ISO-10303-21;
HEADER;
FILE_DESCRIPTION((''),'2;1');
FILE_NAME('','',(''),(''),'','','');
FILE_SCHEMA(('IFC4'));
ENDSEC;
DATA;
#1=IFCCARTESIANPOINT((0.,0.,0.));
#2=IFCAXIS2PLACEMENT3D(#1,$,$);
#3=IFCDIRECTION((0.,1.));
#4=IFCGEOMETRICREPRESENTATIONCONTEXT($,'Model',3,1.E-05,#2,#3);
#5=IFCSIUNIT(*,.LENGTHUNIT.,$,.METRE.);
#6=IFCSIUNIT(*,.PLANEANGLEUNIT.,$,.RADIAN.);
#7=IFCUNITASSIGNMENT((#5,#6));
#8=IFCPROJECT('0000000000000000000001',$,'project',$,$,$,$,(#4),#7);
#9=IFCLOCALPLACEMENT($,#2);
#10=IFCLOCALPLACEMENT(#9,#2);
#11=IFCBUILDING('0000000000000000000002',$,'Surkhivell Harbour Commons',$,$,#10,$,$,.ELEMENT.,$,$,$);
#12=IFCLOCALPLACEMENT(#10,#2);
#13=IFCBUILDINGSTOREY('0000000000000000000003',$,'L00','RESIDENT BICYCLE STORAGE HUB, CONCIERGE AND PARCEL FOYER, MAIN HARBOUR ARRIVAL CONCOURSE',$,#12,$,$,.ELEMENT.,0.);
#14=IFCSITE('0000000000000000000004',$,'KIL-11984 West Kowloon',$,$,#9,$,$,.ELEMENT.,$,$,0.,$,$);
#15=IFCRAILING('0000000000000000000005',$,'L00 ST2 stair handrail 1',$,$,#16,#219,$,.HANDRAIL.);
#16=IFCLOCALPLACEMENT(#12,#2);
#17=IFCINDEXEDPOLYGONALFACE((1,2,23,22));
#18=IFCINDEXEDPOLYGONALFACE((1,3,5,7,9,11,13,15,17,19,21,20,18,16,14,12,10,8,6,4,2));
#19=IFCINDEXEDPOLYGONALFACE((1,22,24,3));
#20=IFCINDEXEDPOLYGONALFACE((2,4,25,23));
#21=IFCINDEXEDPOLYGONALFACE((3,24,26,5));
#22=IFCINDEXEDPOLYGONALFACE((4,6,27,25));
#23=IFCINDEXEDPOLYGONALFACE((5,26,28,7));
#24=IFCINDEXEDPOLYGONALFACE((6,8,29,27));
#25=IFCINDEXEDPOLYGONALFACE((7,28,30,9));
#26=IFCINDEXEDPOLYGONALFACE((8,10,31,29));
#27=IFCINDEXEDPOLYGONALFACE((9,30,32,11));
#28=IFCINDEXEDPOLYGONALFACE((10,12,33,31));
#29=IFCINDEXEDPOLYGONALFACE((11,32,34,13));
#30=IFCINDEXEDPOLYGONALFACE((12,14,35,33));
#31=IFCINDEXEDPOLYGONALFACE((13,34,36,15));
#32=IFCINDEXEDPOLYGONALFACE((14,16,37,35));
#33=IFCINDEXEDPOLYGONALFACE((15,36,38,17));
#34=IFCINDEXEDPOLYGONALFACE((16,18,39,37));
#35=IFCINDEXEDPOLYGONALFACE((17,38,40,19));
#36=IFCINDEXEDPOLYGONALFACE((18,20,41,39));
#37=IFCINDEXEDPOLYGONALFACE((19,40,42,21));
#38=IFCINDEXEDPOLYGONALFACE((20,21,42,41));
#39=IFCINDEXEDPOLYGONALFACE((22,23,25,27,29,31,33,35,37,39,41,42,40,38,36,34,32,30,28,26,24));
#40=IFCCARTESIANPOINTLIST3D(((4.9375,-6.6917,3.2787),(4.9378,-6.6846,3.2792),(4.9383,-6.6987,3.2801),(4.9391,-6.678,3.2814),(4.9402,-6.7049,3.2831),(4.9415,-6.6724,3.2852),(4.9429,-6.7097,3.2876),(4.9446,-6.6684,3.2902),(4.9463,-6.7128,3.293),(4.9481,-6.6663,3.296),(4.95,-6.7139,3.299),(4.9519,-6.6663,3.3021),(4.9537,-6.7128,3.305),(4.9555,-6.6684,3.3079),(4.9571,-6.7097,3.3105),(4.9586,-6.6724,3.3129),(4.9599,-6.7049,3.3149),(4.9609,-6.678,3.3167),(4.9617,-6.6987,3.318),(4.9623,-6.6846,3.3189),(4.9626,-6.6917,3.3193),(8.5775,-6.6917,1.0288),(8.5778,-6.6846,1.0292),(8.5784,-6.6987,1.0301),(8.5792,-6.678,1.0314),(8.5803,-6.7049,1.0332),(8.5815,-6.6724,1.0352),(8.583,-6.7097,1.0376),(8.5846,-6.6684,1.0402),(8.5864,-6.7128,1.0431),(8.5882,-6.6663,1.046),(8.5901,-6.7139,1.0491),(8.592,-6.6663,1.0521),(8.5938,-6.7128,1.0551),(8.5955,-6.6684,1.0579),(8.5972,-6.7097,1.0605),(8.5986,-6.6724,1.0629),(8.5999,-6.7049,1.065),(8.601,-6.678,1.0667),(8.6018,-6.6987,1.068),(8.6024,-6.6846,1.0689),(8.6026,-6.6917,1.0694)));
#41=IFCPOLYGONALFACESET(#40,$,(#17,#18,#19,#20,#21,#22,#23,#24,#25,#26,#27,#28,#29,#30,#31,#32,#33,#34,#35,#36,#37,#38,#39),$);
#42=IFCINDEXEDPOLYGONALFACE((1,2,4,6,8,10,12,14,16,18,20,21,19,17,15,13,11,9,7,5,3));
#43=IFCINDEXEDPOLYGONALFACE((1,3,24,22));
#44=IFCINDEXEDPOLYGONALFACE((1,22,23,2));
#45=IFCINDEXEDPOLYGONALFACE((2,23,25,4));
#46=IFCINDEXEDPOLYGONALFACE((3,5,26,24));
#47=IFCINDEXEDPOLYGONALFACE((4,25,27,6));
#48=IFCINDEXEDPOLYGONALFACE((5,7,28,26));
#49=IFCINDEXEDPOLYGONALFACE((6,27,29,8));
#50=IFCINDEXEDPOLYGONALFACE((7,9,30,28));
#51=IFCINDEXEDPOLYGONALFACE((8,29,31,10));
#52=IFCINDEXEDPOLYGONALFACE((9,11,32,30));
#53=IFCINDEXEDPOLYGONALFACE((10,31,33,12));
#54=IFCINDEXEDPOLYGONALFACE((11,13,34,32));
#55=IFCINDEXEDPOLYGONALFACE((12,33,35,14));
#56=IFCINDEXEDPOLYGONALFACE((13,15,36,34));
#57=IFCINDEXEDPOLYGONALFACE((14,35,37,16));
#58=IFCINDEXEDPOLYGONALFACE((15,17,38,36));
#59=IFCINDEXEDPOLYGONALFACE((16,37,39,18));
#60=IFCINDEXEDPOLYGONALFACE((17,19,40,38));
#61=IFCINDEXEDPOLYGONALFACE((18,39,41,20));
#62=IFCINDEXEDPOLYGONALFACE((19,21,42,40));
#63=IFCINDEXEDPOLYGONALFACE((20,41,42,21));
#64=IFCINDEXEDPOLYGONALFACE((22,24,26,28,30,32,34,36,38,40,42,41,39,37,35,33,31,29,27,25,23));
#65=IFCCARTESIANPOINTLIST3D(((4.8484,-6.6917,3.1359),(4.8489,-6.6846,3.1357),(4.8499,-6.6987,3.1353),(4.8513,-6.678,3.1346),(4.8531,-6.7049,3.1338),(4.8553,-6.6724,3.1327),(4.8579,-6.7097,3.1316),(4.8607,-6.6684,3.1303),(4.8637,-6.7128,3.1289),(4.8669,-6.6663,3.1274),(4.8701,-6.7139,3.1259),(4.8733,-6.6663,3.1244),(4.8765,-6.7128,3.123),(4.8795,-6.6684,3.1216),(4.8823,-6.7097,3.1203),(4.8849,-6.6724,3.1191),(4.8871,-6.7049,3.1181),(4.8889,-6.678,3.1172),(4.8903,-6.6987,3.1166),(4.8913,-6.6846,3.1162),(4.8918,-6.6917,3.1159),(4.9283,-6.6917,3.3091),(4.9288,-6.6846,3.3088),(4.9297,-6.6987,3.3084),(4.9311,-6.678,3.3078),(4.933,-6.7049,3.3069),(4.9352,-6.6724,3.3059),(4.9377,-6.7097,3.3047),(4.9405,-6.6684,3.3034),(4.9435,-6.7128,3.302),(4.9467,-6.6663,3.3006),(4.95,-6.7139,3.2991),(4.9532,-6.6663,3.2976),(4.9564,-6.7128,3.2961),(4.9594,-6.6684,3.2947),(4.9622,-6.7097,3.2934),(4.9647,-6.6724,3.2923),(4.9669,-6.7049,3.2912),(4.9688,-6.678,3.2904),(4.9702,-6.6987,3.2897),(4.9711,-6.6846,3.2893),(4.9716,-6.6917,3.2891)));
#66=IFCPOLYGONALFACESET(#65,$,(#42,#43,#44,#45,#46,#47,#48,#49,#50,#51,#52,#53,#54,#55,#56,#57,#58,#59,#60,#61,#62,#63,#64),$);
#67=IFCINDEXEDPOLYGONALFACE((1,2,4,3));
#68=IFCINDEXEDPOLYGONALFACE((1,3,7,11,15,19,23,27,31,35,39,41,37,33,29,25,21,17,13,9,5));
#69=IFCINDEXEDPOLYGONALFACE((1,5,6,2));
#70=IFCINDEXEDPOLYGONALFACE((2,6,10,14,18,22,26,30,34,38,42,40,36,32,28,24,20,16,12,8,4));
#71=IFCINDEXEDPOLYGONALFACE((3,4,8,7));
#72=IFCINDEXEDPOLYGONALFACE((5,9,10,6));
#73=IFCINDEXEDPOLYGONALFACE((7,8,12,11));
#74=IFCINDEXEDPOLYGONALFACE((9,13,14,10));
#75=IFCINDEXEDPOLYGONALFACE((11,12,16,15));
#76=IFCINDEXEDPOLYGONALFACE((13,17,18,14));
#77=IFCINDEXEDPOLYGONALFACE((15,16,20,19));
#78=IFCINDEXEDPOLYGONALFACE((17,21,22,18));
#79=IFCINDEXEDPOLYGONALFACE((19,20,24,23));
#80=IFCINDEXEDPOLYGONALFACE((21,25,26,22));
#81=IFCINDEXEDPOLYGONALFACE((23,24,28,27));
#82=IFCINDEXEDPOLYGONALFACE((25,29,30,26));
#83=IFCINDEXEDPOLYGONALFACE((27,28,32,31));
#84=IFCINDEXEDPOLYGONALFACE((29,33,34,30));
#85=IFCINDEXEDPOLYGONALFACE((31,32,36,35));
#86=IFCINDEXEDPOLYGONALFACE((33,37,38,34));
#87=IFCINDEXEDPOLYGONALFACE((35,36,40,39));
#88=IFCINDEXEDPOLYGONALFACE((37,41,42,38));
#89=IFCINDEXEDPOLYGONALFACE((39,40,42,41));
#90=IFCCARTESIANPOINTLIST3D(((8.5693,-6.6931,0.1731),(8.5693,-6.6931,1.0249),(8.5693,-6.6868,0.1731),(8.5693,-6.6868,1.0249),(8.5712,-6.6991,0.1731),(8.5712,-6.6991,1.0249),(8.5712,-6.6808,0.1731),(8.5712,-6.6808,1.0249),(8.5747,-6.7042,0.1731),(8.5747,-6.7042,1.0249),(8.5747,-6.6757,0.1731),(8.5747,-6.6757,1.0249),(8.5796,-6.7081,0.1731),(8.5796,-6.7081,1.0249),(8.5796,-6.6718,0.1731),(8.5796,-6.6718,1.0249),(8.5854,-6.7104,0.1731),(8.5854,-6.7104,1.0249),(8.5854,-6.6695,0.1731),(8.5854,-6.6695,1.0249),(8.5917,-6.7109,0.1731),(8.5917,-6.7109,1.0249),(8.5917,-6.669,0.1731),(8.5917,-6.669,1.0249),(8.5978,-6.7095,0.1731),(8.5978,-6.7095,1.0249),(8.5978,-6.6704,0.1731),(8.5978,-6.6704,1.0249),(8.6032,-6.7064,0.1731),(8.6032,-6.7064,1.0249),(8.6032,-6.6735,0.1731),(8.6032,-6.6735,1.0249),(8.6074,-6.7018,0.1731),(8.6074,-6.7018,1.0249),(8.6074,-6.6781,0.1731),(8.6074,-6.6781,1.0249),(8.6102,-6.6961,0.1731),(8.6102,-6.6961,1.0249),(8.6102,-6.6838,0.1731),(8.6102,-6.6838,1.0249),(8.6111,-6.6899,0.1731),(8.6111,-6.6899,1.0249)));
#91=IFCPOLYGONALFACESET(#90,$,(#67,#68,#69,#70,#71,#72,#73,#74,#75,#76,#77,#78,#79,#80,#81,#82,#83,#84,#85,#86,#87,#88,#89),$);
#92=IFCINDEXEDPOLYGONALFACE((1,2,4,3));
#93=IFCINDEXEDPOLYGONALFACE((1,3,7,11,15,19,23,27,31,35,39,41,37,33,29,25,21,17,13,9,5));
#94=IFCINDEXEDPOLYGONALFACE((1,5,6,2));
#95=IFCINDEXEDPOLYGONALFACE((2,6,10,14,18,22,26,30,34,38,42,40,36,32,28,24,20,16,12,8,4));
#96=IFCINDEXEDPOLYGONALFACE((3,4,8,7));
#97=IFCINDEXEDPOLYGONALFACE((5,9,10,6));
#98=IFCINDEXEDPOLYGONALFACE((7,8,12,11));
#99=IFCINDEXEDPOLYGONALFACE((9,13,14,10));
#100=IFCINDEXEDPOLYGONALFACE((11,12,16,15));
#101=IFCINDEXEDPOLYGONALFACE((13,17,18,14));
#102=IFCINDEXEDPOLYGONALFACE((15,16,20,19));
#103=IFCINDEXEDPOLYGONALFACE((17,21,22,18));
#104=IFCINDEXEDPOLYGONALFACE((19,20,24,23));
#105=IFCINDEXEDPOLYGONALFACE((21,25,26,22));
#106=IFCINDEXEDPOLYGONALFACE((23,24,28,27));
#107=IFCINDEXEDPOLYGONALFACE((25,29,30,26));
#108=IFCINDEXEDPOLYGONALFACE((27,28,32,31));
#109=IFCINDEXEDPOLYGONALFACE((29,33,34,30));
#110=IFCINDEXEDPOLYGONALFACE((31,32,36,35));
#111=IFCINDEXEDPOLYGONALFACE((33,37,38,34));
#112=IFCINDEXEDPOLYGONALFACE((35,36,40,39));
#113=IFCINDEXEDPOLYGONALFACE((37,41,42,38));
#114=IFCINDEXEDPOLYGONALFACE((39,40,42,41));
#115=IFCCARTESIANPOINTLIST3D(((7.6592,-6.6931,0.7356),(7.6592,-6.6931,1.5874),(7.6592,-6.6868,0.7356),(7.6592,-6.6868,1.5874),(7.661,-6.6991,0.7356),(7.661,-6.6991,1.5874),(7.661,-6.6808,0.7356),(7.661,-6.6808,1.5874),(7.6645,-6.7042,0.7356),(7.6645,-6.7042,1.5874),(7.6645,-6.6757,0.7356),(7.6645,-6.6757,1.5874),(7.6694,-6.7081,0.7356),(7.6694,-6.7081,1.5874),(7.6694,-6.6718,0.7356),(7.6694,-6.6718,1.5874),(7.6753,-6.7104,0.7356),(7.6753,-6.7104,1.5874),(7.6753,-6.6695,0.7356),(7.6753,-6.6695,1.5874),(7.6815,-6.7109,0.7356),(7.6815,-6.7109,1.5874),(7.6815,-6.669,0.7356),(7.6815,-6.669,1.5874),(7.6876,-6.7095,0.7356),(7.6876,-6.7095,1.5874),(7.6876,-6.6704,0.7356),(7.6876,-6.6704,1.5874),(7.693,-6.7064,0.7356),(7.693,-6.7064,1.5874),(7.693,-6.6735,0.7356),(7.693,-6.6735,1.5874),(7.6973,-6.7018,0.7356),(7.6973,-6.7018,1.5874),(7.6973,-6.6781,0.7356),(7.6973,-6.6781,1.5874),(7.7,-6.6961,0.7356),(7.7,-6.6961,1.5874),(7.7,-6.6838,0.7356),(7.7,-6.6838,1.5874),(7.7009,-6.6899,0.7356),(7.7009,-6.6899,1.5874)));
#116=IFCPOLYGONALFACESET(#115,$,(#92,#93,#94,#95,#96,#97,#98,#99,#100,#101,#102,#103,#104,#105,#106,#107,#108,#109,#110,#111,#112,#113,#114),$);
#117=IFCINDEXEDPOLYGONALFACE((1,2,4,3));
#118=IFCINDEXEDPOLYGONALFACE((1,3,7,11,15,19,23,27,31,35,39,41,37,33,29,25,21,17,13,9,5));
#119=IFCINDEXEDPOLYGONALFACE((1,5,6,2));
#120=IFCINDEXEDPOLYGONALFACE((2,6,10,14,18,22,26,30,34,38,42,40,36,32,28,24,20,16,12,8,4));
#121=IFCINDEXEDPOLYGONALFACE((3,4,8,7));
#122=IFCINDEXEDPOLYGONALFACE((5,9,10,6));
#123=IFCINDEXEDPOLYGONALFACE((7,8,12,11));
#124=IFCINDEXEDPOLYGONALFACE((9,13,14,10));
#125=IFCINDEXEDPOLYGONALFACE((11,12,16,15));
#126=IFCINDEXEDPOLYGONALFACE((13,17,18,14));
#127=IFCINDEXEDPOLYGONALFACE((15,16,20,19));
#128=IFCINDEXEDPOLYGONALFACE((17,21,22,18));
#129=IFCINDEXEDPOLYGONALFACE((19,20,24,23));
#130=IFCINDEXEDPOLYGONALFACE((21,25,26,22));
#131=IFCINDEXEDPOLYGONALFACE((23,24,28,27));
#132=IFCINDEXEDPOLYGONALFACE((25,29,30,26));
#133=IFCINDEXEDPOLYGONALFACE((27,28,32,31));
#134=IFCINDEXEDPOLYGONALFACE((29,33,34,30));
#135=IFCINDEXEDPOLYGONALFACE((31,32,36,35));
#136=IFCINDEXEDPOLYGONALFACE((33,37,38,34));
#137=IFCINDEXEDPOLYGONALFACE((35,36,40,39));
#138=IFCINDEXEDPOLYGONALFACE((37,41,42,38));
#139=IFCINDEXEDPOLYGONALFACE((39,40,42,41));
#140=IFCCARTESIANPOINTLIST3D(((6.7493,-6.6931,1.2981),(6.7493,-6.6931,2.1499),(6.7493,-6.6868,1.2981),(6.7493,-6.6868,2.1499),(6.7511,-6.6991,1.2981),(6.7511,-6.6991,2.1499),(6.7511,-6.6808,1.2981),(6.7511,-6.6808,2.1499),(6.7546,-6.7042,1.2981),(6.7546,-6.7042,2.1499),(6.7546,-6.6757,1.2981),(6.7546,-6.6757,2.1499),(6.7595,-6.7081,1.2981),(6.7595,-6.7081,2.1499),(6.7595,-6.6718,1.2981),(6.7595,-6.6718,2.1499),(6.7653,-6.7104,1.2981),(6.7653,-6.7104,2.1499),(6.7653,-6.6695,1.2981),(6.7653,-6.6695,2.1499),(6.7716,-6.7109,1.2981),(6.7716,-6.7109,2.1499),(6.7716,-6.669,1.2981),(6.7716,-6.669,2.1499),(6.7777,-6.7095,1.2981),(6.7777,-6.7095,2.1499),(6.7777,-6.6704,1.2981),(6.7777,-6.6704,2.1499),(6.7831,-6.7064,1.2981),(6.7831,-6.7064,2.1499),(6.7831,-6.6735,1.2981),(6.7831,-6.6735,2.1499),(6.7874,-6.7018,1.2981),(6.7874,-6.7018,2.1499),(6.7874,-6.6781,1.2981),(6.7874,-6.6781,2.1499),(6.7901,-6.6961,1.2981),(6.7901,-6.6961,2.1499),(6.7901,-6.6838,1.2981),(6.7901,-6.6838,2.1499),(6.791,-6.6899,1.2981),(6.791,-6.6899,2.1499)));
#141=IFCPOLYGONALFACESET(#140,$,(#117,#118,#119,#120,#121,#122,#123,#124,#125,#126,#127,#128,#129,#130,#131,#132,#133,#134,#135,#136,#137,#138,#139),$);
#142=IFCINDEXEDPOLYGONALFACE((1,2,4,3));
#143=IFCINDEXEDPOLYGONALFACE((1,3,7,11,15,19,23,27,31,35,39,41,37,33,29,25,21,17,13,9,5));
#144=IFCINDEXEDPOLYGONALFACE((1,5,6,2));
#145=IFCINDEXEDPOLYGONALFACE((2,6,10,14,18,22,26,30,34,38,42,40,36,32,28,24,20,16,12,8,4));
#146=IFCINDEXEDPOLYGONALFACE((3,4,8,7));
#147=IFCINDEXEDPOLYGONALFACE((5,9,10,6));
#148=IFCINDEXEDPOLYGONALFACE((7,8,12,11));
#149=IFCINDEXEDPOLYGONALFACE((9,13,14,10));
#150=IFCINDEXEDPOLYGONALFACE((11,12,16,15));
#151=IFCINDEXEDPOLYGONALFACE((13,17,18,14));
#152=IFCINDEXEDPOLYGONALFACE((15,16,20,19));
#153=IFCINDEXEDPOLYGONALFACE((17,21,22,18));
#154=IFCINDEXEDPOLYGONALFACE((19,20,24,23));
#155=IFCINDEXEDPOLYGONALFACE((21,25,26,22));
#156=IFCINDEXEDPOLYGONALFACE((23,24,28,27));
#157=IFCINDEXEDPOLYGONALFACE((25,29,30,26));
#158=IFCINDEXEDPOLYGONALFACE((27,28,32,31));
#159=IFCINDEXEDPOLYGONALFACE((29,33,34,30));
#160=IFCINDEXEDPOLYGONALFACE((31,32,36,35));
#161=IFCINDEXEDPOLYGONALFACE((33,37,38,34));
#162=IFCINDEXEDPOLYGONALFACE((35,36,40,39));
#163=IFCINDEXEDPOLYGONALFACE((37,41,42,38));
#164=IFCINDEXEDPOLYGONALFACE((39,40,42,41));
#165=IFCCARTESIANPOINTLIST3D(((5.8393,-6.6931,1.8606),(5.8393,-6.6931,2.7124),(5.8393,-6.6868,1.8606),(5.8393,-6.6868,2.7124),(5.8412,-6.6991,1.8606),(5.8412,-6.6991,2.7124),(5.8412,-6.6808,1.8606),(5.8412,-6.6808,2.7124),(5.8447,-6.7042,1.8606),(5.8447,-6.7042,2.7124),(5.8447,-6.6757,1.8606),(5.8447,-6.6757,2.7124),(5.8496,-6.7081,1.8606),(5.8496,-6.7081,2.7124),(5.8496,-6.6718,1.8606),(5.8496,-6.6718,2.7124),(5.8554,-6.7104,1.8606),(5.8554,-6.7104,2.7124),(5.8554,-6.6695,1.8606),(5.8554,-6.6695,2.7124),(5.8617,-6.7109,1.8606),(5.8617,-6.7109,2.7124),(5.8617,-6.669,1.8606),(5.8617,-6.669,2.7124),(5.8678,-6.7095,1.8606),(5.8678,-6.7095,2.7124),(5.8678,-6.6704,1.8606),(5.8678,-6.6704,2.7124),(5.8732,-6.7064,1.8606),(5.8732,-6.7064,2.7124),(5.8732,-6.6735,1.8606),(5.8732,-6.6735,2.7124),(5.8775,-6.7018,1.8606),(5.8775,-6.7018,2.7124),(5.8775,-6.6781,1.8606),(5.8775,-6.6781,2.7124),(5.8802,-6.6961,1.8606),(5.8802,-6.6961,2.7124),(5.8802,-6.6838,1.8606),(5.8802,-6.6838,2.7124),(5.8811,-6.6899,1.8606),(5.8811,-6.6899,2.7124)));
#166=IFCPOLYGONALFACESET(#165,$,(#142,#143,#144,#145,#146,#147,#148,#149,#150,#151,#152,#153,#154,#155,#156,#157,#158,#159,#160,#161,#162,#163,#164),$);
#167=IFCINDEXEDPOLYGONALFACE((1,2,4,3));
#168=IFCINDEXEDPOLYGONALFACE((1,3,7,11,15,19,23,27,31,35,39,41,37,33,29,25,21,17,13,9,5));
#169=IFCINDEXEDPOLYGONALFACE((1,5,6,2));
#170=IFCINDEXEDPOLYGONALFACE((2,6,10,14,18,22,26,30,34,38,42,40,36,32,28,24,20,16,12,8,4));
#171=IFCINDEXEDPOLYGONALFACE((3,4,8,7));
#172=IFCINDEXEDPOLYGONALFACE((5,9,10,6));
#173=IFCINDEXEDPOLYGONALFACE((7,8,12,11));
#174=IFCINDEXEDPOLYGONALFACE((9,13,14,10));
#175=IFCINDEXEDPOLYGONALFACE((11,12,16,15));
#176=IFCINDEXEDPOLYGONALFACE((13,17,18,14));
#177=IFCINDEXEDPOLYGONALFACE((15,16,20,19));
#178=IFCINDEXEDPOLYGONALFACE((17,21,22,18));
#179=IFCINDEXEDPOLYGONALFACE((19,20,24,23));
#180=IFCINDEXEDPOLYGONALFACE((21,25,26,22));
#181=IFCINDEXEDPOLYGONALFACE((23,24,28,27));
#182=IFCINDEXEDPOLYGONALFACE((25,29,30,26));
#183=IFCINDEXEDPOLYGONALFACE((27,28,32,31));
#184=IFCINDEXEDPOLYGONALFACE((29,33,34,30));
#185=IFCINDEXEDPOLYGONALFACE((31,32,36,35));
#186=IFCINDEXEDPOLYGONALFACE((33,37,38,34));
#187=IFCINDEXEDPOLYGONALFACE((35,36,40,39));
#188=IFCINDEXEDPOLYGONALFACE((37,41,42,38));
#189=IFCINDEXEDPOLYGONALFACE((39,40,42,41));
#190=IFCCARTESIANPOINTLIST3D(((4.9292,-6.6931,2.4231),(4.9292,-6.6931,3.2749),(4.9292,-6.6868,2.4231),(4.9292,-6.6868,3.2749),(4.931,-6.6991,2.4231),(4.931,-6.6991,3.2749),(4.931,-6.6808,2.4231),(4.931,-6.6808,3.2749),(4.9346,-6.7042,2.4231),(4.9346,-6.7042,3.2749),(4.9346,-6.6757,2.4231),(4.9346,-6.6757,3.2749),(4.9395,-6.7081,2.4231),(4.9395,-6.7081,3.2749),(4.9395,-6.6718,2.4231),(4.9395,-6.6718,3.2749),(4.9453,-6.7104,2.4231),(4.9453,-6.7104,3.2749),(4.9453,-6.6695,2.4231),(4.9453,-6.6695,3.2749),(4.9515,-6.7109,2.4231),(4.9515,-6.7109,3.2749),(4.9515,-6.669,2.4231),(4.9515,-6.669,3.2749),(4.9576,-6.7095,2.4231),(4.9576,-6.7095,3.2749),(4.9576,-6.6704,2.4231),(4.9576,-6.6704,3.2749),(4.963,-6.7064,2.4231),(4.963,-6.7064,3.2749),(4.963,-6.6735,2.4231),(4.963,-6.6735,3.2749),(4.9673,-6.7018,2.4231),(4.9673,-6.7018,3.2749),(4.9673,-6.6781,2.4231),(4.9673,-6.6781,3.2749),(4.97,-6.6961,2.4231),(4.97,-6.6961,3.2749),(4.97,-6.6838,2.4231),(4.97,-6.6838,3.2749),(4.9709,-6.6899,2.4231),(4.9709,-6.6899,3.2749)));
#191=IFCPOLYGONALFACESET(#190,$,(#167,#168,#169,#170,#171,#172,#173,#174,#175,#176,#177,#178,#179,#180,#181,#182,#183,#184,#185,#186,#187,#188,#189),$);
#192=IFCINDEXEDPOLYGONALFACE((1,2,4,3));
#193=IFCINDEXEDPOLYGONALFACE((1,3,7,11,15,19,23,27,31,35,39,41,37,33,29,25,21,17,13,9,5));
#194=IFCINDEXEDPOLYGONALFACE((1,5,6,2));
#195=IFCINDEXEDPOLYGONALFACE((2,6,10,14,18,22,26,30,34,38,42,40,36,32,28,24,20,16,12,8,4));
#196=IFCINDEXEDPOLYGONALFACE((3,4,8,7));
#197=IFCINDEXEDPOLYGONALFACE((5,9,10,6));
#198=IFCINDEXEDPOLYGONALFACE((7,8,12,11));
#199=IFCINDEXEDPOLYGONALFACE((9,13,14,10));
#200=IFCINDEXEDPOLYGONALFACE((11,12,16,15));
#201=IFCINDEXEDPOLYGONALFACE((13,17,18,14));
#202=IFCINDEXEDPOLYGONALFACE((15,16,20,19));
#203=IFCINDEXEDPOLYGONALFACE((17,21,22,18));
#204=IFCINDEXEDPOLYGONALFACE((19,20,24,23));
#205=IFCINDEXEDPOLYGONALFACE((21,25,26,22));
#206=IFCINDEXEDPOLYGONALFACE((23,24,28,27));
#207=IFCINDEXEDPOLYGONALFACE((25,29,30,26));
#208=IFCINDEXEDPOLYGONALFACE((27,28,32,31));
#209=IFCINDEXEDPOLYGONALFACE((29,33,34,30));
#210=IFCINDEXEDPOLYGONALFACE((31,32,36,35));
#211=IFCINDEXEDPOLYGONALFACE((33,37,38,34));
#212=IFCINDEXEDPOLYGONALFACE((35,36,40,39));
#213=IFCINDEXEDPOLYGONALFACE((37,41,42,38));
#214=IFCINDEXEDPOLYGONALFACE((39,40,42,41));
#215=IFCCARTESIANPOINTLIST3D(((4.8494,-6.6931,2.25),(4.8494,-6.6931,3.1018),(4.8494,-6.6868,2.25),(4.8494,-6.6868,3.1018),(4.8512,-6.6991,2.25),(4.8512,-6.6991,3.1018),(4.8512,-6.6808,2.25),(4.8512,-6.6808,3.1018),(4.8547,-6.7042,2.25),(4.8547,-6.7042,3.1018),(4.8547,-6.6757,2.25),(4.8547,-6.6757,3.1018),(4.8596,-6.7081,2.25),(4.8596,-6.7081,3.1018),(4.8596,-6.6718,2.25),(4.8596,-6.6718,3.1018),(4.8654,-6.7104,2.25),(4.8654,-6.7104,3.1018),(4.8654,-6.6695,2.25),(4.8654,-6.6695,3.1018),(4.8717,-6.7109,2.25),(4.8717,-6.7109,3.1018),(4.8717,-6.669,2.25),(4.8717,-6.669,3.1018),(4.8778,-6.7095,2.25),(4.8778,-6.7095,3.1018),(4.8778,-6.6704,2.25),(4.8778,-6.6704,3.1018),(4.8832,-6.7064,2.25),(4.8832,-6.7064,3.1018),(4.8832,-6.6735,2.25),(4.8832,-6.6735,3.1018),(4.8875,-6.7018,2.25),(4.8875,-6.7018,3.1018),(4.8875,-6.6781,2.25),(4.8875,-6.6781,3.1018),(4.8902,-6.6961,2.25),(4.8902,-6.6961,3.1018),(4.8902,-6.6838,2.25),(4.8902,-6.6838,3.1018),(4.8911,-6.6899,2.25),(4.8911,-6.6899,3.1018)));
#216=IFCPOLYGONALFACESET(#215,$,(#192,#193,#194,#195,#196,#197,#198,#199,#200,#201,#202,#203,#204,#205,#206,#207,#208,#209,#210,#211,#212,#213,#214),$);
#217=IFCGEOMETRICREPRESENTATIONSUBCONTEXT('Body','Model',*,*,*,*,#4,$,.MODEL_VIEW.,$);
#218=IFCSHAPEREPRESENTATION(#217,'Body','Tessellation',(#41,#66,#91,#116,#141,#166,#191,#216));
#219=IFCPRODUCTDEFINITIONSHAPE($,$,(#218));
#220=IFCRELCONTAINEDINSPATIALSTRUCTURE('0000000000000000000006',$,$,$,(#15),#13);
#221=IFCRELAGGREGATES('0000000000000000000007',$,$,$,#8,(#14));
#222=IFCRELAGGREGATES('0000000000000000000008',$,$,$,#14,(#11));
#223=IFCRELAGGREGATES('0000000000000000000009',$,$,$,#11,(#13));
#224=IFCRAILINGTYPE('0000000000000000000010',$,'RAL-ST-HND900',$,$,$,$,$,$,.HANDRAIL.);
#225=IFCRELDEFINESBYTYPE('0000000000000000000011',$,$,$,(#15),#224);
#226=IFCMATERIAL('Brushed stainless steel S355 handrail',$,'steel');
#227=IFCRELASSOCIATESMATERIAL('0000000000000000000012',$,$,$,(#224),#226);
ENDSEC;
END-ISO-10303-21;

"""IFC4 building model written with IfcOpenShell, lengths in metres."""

from ifc_helpers import new_model, si_unit, direction, frame, origin, origin_2d, place, context, subcontext, project, spatial, circle, extrude, material, type_object, element, save


model = new_model("IFC4")

# Units and contexts
model_context = context("Model", 3, precision=1e-05, world=origin(), true_north=direction((0.0, 1.0)))
body_context = subcontext(model_context, "Body", "Model", "MODEL_VIEW")
ifc_project = project(units=[si_unit("LENGTHUNIT", "METRE"), si_unit("PLANEANGLEUNIT", "RADIAN")], contexts=[model_context])

# Site, building, storey
site_placement = place(None, origin())
site = spatial("IfcSite", under=ifc_project, at=site_placement, Name="KIL-11984 West Kowloon", CompositionType="ELEMENT", RefElevation=0.0)
building_placement = place(site_placement, origin())
building = spatial("IfcBuilding", under=site, at=building_placement, Name="Surkhivell Harbour Commons", CompositionType="ELEMENT")
storey_placement = place(building_placement, origin())
storey = spatial("IfcBuildingStorey", under=building, at=storey_placement, Name="L00", Description="RESIDENT BICYCLE STORAGE HUB, CONCIERGE AND PARCEL FOYER, MAIN HARBOUR ARRIVAL CONCOURSE", CompositionType="ELEMENT", Elevation=0.0)

# Railing
ifc_material_1 = material(Name="Brushed stainless steel S355 handrail", Category="steel")
railing_type_1 = type_object("IfcRailingType", Name="RAL-ST-HND900", PredefinedType="HANDRAIL", material=ifc_material_1)
railing_1_placement = place(storey_placement, frame((8.5901, -6.6899, 0.1731)))
element("IfcRailing", 1, at=railing_1_placement, inside=storey, type_object=railing_type_1, Name="L00 ST2 stair handrail 1", PredefinedType="HANDRAIL", context=body_context, shape_type="SweptSolid", body=[
    extrude(circle(Radius=0.0239, at=origin_2d()), frame((0.0, 0.0, 0.876), z_axis=(-0.850622, 0.0, 0.525777), x_axis=(0.0, -1.0, 0.0)), (0.0, 0.0, 1.0), 4.2793),
    extrude(circle(Radius=0.0239, at=origin_2d()), frame((-3.6401, 0.0, 3.126), z_axis=(-0.418815, 0.0, -0.908072), x_axis=(0.0, -1.0, 0.0)), (0.0, 0.0, 1.0), 0.1907),
    extrude(circle(Radius=0.021, at=origin_2d()), origin(), (0.0, 0.0, 1.0), 0.8518),
    extrude(circle(Radius=0.021, at=origin_2d()), frame((-0.9102, 0.0, 0.5625)), (0.0, 0.0, 1.0), 0.8518),
    extrude(circle(Radius=0.021, at=origin_2d()), frame((-1.8201, 0.0, 1.125)), (0.0, 0.0, 1.0), 0.8518),
    extrude(circle(Radius=0.021, at=origin_2d()), frame((-2.73, 0.0, 1.6875)), (0.0, 0.0, 1.0), 0.8518),
    extrude(circle(Radius=0.021, at=origin_2d()), frame((-3.6401, 0.0, 2.25)), (0.0, 0.0, 1.0), 0.8518),
    extrude(circle(Radius=0.021, at=origin_2d()), frame((-3.72, 0.0, 2.0769)), (0.0, 0.0, 1.0), 0.8518),
])

save(model, "model.ifc")
